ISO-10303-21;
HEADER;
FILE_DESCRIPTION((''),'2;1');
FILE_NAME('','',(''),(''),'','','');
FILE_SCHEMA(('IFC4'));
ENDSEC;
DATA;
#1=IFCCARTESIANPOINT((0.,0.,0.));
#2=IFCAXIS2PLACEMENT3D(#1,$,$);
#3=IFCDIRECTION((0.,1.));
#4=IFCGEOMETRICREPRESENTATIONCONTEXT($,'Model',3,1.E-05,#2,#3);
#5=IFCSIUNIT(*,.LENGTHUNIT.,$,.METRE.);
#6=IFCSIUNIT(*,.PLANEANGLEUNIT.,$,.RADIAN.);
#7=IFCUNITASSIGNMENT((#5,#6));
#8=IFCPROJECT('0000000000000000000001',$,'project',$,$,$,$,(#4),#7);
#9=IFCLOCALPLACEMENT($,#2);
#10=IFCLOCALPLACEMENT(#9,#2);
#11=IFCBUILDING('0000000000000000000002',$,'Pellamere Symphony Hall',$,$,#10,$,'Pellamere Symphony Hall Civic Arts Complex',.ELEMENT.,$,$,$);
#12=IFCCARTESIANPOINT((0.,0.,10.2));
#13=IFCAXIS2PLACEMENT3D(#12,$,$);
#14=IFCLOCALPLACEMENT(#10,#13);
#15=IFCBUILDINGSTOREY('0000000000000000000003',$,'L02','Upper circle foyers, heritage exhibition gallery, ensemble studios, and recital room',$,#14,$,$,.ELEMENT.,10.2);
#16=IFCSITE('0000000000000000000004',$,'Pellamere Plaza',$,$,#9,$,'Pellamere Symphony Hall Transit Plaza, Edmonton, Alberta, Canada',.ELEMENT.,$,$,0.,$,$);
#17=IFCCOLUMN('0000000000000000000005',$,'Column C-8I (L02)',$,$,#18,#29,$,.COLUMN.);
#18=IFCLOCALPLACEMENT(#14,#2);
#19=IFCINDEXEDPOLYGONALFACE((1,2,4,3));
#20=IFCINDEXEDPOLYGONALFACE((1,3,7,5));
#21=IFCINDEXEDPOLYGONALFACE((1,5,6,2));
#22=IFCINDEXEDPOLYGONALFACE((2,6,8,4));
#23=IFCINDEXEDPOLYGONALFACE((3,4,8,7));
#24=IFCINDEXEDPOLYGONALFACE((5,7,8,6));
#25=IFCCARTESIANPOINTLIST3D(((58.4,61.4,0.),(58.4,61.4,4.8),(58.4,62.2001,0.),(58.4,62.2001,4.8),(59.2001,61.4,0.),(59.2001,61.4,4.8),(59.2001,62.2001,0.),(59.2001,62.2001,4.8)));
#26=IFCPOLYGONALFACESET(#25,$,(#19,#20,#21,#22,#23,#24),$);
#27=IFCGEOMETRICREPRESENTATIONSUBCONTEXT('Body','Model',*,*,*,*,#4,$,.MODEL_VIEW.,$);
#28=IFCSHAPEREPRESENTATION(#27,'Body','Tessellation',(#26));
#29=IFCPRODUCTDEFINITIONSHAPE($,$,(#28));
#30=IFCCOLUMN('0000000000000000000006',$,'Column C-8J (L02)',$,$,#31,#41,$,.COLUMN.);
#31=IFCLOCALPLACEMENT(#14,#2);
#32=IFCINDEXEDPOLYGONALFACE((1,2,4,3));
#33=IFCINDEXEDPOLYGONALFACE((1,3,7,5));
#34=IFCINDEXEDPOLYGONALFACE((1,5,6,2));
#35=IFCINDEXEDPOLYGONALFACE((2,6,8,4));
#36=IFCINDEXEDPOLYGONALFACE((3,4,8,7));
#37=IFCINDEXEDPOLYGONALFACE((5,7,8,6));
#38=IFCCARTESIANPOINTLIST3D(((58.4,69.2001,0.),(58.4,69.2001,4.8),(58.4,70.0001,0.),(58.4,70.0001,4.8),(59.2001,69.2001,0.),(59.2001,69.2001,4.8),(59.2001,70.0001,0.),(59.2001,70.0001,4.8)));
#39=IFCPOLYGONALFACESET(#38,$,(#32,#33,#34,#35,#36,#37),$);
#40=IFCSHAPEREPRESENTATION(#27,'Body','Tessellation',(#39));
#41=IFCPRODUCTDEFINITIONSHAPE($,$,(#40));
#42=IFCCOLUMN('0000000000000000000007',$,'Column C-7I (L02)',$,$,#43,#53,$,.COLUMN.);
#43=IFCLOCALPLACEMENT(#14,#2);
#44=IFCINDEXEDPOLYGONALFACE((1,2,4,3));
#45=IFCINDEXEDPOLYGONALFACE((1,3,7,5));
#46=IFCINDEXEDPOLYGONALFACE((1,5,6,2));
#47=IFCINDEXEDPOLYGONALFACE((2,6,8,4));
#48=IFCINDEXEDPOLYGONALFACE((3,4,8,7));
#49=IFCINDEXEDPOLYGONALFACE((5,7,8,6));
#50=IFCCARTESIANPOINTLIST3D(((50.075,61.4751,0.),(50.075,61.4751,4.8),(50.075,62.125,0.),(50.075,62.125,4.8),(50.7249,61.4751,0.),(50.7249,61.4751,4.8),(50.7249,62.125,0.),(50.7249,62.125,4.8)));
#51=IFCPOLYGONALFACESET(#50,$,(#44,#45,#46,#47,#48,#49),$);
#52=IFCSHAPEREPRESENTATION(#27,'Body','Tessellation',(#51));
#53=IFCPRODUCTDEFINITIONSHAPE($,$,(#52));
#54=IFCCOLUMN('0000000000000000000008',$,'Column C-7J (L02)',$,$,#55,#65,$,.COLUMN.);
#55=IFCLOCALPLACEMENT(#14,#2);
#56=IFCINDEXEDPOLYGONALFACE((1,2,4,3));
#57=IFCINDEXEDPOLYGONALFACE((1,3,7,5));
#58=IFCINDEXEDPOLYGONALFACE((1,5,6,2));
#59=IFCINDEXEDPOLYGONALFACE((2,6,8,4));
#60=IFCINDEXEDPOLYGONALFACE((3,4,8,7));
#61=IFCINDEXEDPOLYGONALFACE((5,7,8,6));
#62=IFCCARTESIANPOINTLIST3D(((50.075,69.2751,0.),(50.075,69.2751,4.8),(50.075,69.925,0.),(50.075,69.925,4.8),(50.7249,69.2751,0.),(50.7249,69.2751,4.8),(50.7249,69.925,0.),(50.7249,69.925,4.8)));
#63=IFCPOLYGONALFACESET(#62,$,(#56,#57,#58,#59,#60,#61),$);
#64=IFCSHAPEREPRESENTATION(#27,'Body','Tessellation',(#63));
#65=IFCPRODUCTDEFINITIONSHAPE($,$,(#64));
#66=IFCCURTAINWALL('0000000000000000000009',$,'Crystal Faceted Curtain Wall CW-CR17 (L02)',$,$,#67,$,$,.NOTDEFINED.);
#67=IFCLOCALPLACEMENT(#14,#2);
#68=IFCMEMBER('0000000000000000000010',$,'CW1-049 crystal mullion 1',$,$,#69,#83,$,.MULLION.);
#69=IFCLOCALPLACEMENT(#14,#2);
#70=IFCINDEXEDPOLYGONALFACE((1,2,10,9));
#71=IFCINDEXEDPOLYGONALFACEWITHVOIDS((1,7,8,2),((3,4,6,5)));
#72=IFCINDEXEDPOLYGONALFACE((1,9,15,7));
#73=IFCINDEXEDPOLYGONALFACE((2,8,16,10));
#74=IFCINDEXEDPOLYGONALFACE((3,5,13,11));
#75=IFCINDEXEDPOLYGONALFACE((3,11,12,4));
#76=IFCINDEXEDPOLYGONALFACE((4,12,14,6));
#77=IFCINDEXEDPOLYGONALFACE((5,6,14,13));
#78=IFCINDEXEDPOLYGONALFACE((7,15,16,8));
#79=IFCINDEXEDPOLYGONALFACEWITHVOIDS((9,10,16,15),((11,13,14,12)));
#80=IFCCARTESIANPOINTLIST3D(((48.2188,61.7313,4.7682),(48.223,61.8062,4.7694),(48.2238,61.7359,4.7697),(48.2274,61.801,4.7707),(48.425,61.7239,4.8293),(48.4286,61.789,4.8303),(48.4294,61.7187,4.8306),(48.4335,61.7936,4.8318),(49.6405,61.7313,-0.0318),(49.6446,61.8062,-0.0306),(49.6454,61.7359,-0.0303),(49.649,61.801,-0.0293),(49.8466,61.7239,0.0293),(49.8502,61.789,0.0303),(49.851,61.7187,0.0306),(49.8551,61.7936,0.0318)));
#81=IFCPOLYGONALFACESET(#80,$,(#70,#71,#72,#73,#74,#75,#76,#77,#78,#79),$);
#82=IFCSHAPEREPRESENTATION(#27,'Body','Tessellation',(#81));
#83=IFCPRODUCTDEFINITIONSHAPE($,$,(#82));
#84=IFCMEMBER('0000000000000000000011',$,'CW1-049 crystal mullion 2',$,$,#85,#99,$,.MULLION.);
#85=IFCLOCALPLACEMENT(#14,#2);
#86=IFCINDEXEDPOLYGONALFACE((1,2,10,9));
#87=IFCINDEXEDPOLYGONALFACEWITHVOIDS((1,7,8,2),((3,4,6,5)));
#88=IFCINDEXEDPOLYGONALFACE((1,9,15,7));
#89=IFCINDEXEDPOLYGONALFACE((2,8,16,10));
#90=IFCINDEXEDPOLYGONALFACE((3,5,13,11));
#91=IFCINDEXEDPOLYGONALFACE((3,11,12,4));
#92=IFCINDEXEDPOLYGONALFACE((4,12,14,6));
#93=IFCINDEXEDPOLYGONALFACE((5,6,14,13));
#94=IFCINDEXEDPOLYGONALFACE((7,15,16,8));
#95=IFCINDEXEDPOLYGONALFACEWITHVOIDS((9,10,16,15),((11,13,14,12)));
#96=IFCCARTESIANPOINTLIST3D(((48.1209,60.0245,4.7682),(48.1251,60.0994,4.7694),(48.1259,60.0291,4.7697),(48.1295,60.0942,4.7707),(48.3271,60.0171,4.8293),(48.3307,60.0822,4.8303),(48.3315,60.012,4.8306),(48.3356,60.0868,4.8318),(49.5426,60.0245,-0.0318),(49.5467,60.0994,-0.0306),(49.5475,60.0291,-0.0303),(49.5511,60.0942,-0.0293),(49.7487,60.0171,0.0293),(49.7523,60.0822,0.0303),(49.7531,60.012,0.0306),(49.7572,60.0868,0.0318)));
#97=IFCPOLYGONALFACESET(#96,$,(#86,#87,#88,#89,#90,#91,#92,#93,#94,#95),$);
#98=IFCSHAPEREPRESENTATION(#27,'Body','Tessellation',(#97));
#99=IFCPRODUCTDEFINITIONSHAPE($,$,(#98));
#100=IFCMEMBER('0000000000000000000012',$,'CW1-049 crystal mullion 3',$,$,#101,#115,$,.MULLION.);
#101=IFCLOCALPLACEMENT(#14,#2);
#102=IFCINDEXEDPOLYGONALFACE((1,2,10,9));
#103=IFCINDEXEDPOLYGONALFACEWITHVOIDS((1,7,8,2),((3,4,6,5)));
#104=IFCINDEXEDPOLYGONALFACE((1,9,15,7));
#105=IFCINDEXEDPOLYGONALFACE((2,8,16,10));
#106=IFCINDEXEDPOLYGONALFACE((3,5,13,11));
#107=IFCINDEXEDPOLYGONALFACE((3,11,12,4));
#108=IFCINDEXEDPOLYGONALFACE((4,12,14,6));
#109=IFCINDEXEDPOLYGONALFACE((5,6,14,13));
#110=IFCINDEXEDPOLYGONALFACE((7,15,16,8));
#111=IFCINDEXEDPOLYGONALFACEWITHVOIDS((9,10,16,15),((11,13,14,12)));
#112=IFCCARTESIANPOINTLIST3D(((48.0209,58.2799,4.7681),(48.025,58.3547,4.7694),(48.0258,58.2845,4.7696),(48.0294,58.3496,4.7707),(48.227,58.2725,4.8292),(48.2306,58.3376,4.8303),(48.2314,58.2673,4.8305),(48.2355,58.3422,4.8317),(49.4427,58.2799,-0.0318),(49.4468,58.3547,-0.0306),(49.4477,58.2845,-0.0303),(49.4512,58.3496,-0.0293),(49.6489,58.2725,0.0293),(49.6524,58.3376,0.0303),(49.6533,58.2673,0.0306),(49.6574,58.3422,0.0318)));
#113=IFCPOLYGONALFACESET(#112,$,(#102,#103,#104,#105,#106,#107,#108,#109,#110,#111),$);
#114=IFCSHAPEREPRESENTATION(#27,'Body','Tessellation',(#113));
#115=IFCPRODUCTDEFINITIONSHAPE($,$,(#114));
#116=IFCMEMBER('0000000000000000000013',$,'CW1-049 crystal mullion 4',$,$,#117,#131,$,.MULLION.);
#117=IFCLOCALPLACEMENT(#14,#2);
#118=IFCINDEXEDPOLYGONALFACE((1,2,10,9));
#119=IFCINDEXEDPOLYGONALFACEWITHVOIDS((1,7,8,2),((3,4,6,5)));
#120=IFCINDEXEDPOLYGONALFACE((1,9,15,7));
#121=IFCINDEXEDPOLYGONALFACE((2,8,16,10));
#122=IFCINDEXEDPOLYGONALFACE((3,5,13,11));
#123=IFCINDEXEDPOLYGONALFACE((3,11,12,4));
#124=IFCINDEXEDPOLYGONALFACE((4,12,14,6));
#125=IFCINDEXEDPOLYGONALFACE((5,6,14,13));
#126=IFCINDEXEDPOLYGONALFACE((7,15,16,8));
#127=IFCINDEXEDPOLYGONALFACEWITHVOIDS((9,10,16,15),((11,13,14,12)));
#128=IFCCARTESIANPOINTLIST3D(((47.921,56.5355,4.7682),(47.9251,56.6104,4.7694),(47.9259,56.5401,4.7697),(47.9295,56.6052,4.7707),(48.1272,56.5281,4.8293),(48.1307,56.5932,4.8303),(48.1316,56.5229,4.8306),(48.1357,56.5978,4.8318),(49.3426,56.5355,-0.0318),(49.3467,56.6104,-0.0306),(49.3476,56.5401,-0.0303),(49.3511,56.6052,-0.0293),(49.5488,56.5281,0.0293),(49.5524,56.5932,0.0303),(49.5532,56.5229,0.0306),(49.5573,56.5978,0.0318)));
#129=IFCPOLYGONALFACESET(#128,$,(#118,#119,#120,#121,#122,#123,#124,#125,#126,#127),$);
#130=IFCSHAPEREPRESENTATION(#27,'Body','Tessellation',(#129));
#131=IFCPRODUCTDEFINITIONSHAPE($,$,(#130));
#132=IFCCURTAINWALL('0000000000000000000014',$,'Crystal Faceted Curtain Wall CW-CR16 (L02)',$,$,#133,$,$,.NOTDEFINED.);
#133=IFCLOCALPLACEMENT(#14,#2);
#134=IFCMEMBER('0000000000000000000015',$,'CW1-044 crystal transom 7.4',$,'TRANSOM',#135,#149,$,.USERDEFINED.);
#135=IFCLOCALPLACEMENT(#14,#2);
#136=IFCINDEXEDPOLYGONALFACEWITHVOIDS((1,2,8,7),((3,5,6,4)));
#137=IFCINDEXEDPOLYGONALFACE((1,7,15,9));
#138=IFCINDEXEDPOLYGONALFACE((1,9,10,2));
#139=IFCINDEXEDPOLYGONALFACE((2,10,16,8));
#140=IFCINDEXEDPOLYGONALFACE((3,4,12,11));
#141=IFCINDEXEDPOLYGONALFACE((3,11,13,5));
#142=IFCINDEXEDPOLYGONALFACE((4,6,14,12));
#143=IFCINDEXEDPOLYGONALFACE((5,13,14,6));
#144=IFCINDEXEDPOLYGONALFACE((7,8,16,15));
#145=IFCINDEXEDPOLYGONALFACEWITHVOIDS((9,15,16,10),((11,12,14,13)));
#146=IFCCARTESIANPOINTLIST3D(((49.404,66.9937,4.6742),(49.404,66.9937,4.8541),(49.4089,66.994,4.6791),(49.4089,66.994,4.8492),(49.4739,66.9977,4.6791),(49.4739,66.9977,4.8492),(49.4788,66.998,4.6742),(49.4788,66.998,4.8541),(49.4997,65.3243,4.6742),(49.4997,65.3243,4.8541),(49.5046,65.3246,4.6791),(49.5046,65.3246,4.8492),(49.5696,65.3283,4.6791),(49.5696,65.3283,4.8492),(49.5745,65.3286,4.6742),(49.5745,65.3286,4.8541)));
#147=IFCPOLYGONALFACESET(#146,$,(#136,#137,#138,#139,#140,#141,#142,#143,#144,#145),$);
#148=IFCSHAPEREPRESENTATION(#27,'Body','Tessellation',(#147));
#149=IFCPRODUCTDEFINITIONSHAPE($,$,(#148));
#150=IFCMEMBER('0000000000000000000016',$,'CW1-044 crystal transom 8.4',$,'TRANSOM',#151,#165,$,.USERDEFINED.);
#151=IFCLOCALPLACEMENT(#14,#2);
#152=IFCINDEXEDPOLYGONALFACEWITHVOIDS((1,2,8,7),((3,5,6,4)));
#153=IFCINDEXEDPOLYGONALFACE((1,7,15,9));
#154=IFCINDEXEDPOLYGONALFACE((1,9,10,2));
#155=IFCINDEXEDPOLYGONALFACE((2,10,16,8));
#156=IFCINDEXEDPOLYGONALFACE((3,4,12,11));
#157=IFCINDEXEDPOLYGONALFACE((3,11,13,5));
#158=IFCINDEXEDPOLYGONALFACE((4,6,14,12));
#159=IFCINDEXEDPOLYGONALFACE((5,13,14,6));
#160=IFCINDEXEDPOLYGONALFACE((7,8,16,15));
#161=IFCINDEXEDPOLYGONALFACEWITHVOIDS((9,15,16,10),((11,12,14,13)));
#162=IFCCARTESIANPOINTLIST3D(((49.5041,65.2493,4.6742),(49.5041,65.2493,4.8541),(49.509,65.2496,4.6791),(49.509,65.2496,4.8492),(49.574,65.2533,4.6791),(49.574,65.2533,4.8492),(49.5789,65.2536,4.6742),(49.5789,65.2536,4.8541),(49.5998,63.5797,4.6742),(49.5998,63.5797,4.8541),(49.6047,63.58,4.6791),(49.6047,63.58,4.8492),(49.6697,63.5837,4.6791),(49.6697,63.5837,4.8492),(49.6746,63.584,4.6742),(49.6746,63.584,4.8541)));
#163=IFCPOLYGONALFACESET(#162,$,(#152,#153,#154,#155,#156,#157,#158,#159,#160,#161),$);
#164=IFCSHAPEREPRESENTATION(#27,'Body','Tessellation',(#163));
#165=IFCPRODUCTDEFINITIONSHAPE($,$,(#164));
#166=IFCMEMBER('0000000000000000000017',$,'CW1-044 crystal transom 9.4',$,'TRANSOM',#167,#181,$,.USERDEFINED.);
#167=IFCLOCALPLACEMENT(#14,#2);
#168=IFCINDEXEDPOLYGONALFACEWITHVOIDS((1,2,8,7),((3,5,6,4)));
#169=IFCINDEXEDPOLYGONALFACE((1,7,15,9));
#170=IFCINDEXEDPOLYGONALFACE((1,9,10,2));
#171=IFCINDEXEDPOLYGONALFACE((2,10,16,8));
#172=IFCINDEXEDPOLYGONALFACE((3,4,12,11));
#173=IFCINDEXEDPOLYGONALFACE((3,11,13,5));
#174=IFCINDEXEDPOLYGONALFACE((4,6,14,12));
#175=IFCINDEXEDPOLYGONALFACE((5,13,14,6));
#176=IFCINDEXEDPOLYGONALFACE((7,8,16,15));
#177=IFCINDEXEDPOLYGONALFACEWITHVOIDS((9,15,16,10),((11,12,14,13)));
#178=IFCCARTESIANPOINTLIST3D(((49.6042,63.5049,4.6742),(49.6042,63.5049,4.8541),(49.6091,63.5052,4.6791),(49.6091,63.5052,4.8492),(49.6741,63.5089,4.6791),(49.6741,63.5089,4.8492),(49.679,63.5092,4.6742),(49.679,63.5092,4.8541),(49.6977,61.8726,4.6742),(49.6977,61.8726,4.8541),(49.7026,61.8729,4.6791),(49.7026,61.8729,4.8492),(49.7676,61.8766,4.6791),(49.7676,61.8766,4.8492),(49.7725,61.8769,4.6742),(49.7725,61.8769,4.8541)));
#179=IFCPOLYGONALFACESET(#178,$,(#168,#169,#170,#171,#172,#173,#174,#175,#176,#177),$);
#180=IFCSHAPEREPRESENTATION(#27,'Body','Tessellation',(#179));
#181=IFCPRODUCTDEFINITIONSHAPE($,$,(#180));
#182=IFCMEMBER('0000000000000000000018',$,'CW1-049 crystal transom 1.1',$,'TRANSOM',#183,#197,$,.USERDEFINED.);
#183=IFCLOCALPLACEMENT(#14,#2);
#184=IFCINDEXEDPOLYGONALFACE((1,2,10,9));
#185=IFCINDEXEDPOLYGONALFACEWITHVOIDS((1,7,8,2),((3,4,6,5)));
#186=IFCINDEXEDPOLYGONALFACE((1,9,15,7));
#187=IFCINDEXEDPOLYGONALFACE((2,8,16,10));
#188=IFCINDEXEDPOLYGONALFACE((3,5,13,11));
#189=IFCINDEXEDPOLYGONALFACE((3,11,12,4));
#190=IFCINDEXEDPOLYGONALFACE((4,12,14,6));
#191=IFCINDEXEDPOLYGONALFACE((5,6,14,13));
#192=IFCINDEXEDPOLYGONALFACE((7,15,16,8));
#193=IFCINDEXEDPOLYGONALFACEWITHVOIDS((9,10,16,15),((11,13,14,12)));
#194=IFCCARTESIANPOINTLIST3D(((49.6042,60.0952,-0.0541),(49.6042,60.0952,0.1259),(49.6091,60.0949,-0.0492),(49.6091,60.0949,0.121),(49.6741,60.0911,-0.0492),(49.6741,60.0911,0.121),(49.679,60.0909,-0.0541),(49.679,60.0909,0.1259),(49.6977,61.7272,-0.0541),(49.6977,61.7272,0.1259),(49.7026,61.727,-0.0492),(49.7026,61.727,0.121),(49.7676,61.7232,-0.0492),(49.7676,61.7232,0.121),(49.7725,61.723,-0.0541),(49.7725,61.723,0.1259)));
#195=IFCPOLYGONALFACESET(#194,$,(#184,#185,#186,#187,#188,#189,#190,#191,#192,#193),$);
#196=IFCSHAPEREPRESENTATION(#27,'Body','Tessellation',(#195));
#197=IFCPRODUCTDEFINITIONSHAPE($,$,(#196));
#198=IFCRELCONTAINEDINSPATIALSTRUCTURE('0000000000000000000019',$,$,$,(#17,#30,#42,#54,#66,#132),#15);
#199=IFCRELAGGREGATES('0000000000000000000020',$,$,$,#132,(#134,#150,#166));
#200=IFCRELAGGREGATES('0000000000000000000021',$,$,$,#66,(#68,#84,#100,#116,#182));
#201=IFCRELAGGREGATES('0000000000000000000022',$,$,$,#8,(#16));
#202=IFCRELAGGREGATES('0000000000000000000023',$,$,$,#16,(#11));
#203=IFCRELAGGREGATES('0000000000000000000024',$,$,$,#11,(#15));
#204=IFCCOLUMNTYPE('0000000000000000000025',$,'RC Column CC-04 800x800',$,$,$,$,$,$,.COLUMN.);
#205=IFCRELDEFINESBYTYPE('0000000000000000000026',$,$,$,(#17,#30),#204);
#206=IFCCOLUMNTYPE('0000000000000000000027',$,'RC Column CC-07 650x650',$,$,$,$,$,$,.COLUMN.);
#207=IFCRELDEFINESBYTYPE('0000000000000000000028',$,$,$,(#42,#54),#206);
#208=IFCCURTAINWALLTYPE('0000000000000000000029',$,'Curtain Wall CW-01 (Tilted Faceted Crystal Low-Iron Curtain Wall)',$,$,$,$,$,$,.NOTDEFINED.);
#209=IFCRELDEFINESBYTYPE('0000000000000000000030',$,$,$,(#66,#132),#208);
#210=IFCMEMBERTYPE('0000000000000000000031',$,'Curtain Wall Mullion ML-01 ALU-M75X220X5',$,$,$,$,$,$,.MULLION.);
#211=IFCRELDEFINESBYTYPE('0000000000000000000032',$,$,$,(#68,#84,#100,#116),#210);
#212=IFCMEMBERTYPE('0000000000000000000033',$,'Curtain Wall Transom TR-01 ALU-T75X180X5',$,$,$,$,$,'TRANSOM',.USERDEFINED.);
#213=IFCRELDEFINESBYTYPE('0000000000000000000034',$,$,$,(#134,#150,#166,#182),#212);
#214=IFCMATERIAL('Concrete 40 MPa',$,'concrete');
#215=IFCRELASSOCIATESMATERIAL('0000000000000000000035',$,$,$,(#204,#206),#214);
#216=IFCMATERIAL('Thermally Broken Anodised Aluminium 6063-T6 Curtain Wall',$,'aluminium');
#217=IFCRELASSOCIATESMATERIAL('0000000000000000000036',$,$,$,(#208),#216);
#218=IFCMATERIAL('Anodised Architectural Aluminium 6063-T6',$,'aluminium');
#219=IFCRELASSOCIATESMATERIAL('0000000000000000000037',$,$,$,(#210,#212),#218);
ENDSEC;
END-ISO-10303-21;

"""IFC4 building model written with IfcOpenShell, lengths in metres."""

from ifc_helpers import new_model, si_unit, direction, frame, origin, origin_2d, place, context, subcontext, project, spatial, rectangle, hollow_rectangle, extrude, material, material_profile, profile_set, type_object, element, aggregate, save


model = new_model("IFC4")

# Units and contexts
model_context = context("Model", 3, precision=1e-05, world=origin(), true_north=direction((0.0, 1.0)))
body_context = subcontext(model_context, "Body", "Model", "MODEL_VIEW")
ifc_project = project(units=[si_unit("LENGTHUNIT", "METRE"), si_unit("PLANEANGLEUNIT", "RADIAN")], contexts=[model_context])

# Site, building, storey
site_placement = place(None, origin())
site = spatial("IfcSite", under=ifc_project, at=site_placement, Name="Pellamere Plaza", LongName="Pellamere Symphony Hall Transit Plaza, Edmonton, Alberta, Canada", CompositionType="ELEMENT", RefElevation=0.0)
building_placement = place(site_placement, origin())
building = spatial("IfcBuilding", under=site, at=building_placement, Name="Pellamere Symphony Hall", LongName="Pellamere Symphony Hall Civic Arts Complex", CompositionType="ELEMENT")
storey_placement = place(building_placement, frame((0.0, 0.0, 10.2)))
storey = spatial("IfcBuildingStorey", under=building, at=storey_placement, Name="L02", Description="Upper circle foyers, heritage exhibition gallery, ensemble studios, and recital room", CompositionType="ELEMENT", Elevation=10.2)

# Columns
ifc_material_1 = material(Name="Concrete 40 MPa", Category="concrete")
ifc_material_profile_1 = material_profile(ifc_material_1, rectangle(XDim=0.8, YDim=0.8, at=origin_2d()), Name="RC 800x800")
ifc_profile_set_1 = profile_set([ifc_material_profile_1], Name="Concrete 40 MPa")
column_type_1 = type_object("IfcColumnType", Name="RC Column CC-04 800x800", PredefinedType="COLUMN", material=ifc_profile_set_1)
for number, where, z_axis, x_axis, name in (
    (1, (58.8, 61.8, 0.0), (0.0, 0.0, 1.0), (1.0, 0.0, 0.0), "Column C-8I (L02)"),
    (2, (58.8, 69.6001, 0.0), (0.0, 0.0, 1.0), (1.0, 0.0, 0.0), "Column C-8J (L02)"),
):
    element("IfcColumn", number, at=place(storey_placement, frame(where, z_axis=z_axis, x_axis=x_axis)), inside=storey, type_object=column_type_1, Name=name, PredefinedType="COLUMN", context=body_context, shape_type="SweptSolid", body=[
        extrude(rectangle(XDim=0.8, YDim=0.8, at=origin_2d()), origin(), (0.0, 0.0, 1.0), 4.8),
    ])
ifc_material_profile_2 = material_profile(ifc_material_1, rectangle(XDim=0.6499, YDim=0.6499, at=origin_2d()), Name="RC 650x650")
ifc_profile_set_2 = profile_set([ifc_material_profile_2], Name="Concrete 40 MPa")
column_type_2 = type_object("IfcColumnType", Name="RC Column CC-07 650x650", PredefinedType="COLUMN", material=ifc_profile_set_2)
for number, where, z_axis, x_axis, name in (
    (3, (50.3999, 61.8, 0.0), (0.0, 0.0, 1.0), (1.0, 0.0, 0.0), "Column C-7I (L02)"),
    (4, (50.3999, 69.6001, 0.0), (0.0, 0.0, 1.0), (1.0, 0.0, 0.0), "Column C-7J (L02)"),
):
    element("IfcColumn", number, at=place(storey_placement, frame(where, z_axis=z_axis, x_axis=x_axis)), inside=storey, type_object=column_type_2, Name=name, PredefinedType="COLUMN", context=body_context, shape_type="SweptSolid", body=[
        extrude(rectangle(XDim=0.6499, YDim=0.6499, at=origin_2d()), origin(), (0.0, 0.0, 1.0), 4.8),
    ])

# Curtain walls, members
ifc_material_2 = material(Name="Thermally Broken Anodised Aluminium 6063-T6 Curtain Wall", Category="aluminium")
curtain_wall_type = type_object("IfcCurtainWallType", Name="Curtain Wall CW-01 (Tilted Faceted Crystal Low-Iron Curtain Wall)", PredefinedType="NOTDEFINED", material=ifc_material_2)
curtain_wall_1_placement = place(storey_placement, origin())
curtain_wall_1 = element("IfcCurtainWall", 5, at=curtain_wall_1_placement, inside=storey, type_object=curtain_wall_type, Name="Crystal Faceted Curtain Wall CW-CR17 (L02)", PredefinedType="NOTDEFINED")
ifc_material_3 = material(Name="Anodised Architectural Aluminium 6063-T6", Category="aluminium")
ifc_material_profile_3 = material_profile(ifc_material_3, hollow_rectangle(XDim=0.075, YDim=0.22, WallThickness=0.0049, at=origin_2d()), Name="ALU-M75X220X5")
ifc_profile_set_3 = profile_set([ifc_material_profile_3], Name="Anodised Architectural Aluminium 6063-T6")
member_type_1 = type_object("IfcMemberType", Name="Curtain Wall Mullion ML-01 ALU-M75X220X5", PredefinedType="MULLION", material=ifc_profile_set_3)
member_1_placement = place(storey_placement, frame((49.7478, 61.7625, 0.0), z_axis=(-0.283977, 0.0, 0.958831), x_axis=(-0.054875, -0.998361, -0.016252)))
member_1 = element("IfcMember", 6, at=member_1_placement, type_object=member_type_1, Name="CW1-049 crystal mullion 1", PredefinedType="MULLION", context=body_context, shape_type="SweptSolid", body=[
    extrude(hollow_rectangle(XDim=0.075, YDim=0.22, WallThickness=0.0049, at=origin_2d()), origin(), (0.0, 0.0, 1.0), 5.0061),
])
member_2_placement = place(storey_placement, frame((49.6499, 60.0557, 0.0), z_axis=(-0.283977, 0.0, 0.958831), x_axis=(-0.054875, -0.998361, -0.016252)))
member_2 = element("IfcMember", 7, at=member_2_placement, type_object=member_type_1, Name="CW1-049 crystal mullion 2", PredefinedType="MULLION", context=body_context, shape_type="SweptSolid", body=[
    extrude(hollow_rectangle(XDim=0.075, YDim=0.22, WallThickness=0.0049, at=origin_2d()), origin(), (0.0, 0.0, 1.0), 5.0061),
])
member_3_placement = place(storey_placement, frame((49.55, 58.311, 0.0), z_axis=(-0.284022, 0.0, 0.958818), x_axis=(-0.054874, -0.998361, -0.016255)))
member_3 = element("IfcMember", 8, at=member_3_placement, type_object=member_type_1, Name="CW1-049 crystal mullion 3", PredefinedType="MULLION", context=body_context, shape_type="SweptSolid", body=[
    extrude(hollow_rectangle(XDim=0.075, YDim=0.22, WallThickness=0.0049, at=origin_2d()), origin(), (0.0, 0.0, 1.0), 5.0061),
])
member_4_placement = place(storey_placement, frame((49.45, 56.5667, 0.0), z_axis=(-0.283977, 0.0, 0.958831), x_axis=(-0.054875, -0.998361, -0.016252)))
member_4 = element("IfcMember", 9, at=member_4_placement, type_object=member_type_1, Name="CW1-049 crystal mullion 4", PredefinedType="MULLION", context=body_context, shape_type="SweptSolid", body=[
    extrude(hollow_rectangle(XDim=0.075, YDim=0.22, WallThickness=0.0049, at=origin_2d()), origin(), (0.0, 0.0, 1.0), 5.0061),
])
curtain_wall_2_placement = place(storey_placement, origin())
curtain_wall_2 = element("IfcCurtainWall", 10, at=curtain_wall_2_placement, inside=storey, type_object=curtain_wall_type, Name="Crystal Faceted Curtain Wall CW-CR16 (L02)", PredefinedType="NOTDEFINED")
ifc_material_profile_4 = material_profile(ifc_material_3, hollow_rectangle(XDim=0.075, YDim=0.1799, WallThickness=0.0049, at=origin_2d()), Name="ALU-T75X180X5")
ifc_profile_set_4 = profile_set([ifc_material_profile_4], Name="Anodised Architectural Aluminium 6063-T6")
member_type_2 = type_object("IfcMemberType", Name="Curtain Wall Transom TR-01 ALU-T75X180X5", ElementType="TRANSOM", PredefinedType="USERDEFINED", material=ifc_profile_set_4)
member_5_placement = place(storey_placement, frame((49.4414, 66.9958, 4.7642), z_axis=(0.057233, -0.998361, 0.0), x_axis=(0.998361, 0.057233, 0.0)))
member_5 = element("IfcMember", 11, at=member_5_placement, type_object=member_type_2, Name="CW1-044 crystal transom 7.4", ObjectType="TRANSOM", PredefinedType="USERDEFINED", context=body_context, shape_type="SweptSolid", body=[
    extrude(hollow_rectangle(XDim=0.075, YDim=0.1799, WallThickness=0.0049, at=origin_2d()), origin(), (0.0, 0.0, 1.0), 1.6721),
])
member_6_placement = place(storey_placement, frame((49.5415, 65.2515, 4.7642), z_axis=(0.057224, -0.998361, 0.0), x_axis=(0.998361, 0.057224, 0.0)))
member_6 = element("IfcMember", 12, at=member_6_placement, type_object=member_type_2, Name="CW1-044 crystal transom 8.4", ObjectType="TRANSOM", PredefinedType="USERDEFINED", context=body_context, shape_type="SweptSolid", body=[
    extrude(hollow_rectangle(XDim=0.075, YDim=0.1799, WallThickness=0.0049, at=origin_2d()), origin(), (0.0, 0.0, 1.0), 1.6724),
])
member_7_placement = place(storey_placement, frame((49.6416, 63.5071, 4.7642), z_axis=(0.05719, -0.998363, 0.0), x_axis=(0.998363, 0.05719, 0.0)))
member_7 = element("IfcMember", 13, at=member_7_placement, type_object=member_type_2, Name="CW1-044 crystal transom 9.4", ObjectType="TRANSOM", PredefinedType="USERDEFINED", context=body_context, shape_type="SweptSolid", body=[
    extrude(hollow_rectangle(XDim=0.075, YDim=0.1799, WallThickness=0.0049, at=origin_2d()), origin(), (0.0, 0.0, 1.0), 1.635),
])
aggregate(curtain_wall_2, [member_5, member_6, member_7])

# Member
member_8_placement = place(storey_placement, frame((49.7351, 61.7251, 0.0359), z_axis=(-0.057199, -0.998363, 0.0), x_axis=(0.998363, -0.057199, 0.0)))
member_8 = element("IfcMember", 14, at=member_8_placement, type_object=member_type_2, Name="CW1-049 crystal transom 1.1", ObjectType="TRANSOM", PredefinedType="USERDEFINED", context=body_context, shape_type="SweptSolid", body=[
    extrude(hollow_rectangle(XDim=0.075, YDim=0.1799, WallThickness=0.0049, at=origin_2d()), origin(), (0.0, 0.0, 1.0), 1.6348),
])

aggregate(curtain_wall_1, [member_1, member_2, member_3, member_4, member_8])

save(model, "model.ifc")
